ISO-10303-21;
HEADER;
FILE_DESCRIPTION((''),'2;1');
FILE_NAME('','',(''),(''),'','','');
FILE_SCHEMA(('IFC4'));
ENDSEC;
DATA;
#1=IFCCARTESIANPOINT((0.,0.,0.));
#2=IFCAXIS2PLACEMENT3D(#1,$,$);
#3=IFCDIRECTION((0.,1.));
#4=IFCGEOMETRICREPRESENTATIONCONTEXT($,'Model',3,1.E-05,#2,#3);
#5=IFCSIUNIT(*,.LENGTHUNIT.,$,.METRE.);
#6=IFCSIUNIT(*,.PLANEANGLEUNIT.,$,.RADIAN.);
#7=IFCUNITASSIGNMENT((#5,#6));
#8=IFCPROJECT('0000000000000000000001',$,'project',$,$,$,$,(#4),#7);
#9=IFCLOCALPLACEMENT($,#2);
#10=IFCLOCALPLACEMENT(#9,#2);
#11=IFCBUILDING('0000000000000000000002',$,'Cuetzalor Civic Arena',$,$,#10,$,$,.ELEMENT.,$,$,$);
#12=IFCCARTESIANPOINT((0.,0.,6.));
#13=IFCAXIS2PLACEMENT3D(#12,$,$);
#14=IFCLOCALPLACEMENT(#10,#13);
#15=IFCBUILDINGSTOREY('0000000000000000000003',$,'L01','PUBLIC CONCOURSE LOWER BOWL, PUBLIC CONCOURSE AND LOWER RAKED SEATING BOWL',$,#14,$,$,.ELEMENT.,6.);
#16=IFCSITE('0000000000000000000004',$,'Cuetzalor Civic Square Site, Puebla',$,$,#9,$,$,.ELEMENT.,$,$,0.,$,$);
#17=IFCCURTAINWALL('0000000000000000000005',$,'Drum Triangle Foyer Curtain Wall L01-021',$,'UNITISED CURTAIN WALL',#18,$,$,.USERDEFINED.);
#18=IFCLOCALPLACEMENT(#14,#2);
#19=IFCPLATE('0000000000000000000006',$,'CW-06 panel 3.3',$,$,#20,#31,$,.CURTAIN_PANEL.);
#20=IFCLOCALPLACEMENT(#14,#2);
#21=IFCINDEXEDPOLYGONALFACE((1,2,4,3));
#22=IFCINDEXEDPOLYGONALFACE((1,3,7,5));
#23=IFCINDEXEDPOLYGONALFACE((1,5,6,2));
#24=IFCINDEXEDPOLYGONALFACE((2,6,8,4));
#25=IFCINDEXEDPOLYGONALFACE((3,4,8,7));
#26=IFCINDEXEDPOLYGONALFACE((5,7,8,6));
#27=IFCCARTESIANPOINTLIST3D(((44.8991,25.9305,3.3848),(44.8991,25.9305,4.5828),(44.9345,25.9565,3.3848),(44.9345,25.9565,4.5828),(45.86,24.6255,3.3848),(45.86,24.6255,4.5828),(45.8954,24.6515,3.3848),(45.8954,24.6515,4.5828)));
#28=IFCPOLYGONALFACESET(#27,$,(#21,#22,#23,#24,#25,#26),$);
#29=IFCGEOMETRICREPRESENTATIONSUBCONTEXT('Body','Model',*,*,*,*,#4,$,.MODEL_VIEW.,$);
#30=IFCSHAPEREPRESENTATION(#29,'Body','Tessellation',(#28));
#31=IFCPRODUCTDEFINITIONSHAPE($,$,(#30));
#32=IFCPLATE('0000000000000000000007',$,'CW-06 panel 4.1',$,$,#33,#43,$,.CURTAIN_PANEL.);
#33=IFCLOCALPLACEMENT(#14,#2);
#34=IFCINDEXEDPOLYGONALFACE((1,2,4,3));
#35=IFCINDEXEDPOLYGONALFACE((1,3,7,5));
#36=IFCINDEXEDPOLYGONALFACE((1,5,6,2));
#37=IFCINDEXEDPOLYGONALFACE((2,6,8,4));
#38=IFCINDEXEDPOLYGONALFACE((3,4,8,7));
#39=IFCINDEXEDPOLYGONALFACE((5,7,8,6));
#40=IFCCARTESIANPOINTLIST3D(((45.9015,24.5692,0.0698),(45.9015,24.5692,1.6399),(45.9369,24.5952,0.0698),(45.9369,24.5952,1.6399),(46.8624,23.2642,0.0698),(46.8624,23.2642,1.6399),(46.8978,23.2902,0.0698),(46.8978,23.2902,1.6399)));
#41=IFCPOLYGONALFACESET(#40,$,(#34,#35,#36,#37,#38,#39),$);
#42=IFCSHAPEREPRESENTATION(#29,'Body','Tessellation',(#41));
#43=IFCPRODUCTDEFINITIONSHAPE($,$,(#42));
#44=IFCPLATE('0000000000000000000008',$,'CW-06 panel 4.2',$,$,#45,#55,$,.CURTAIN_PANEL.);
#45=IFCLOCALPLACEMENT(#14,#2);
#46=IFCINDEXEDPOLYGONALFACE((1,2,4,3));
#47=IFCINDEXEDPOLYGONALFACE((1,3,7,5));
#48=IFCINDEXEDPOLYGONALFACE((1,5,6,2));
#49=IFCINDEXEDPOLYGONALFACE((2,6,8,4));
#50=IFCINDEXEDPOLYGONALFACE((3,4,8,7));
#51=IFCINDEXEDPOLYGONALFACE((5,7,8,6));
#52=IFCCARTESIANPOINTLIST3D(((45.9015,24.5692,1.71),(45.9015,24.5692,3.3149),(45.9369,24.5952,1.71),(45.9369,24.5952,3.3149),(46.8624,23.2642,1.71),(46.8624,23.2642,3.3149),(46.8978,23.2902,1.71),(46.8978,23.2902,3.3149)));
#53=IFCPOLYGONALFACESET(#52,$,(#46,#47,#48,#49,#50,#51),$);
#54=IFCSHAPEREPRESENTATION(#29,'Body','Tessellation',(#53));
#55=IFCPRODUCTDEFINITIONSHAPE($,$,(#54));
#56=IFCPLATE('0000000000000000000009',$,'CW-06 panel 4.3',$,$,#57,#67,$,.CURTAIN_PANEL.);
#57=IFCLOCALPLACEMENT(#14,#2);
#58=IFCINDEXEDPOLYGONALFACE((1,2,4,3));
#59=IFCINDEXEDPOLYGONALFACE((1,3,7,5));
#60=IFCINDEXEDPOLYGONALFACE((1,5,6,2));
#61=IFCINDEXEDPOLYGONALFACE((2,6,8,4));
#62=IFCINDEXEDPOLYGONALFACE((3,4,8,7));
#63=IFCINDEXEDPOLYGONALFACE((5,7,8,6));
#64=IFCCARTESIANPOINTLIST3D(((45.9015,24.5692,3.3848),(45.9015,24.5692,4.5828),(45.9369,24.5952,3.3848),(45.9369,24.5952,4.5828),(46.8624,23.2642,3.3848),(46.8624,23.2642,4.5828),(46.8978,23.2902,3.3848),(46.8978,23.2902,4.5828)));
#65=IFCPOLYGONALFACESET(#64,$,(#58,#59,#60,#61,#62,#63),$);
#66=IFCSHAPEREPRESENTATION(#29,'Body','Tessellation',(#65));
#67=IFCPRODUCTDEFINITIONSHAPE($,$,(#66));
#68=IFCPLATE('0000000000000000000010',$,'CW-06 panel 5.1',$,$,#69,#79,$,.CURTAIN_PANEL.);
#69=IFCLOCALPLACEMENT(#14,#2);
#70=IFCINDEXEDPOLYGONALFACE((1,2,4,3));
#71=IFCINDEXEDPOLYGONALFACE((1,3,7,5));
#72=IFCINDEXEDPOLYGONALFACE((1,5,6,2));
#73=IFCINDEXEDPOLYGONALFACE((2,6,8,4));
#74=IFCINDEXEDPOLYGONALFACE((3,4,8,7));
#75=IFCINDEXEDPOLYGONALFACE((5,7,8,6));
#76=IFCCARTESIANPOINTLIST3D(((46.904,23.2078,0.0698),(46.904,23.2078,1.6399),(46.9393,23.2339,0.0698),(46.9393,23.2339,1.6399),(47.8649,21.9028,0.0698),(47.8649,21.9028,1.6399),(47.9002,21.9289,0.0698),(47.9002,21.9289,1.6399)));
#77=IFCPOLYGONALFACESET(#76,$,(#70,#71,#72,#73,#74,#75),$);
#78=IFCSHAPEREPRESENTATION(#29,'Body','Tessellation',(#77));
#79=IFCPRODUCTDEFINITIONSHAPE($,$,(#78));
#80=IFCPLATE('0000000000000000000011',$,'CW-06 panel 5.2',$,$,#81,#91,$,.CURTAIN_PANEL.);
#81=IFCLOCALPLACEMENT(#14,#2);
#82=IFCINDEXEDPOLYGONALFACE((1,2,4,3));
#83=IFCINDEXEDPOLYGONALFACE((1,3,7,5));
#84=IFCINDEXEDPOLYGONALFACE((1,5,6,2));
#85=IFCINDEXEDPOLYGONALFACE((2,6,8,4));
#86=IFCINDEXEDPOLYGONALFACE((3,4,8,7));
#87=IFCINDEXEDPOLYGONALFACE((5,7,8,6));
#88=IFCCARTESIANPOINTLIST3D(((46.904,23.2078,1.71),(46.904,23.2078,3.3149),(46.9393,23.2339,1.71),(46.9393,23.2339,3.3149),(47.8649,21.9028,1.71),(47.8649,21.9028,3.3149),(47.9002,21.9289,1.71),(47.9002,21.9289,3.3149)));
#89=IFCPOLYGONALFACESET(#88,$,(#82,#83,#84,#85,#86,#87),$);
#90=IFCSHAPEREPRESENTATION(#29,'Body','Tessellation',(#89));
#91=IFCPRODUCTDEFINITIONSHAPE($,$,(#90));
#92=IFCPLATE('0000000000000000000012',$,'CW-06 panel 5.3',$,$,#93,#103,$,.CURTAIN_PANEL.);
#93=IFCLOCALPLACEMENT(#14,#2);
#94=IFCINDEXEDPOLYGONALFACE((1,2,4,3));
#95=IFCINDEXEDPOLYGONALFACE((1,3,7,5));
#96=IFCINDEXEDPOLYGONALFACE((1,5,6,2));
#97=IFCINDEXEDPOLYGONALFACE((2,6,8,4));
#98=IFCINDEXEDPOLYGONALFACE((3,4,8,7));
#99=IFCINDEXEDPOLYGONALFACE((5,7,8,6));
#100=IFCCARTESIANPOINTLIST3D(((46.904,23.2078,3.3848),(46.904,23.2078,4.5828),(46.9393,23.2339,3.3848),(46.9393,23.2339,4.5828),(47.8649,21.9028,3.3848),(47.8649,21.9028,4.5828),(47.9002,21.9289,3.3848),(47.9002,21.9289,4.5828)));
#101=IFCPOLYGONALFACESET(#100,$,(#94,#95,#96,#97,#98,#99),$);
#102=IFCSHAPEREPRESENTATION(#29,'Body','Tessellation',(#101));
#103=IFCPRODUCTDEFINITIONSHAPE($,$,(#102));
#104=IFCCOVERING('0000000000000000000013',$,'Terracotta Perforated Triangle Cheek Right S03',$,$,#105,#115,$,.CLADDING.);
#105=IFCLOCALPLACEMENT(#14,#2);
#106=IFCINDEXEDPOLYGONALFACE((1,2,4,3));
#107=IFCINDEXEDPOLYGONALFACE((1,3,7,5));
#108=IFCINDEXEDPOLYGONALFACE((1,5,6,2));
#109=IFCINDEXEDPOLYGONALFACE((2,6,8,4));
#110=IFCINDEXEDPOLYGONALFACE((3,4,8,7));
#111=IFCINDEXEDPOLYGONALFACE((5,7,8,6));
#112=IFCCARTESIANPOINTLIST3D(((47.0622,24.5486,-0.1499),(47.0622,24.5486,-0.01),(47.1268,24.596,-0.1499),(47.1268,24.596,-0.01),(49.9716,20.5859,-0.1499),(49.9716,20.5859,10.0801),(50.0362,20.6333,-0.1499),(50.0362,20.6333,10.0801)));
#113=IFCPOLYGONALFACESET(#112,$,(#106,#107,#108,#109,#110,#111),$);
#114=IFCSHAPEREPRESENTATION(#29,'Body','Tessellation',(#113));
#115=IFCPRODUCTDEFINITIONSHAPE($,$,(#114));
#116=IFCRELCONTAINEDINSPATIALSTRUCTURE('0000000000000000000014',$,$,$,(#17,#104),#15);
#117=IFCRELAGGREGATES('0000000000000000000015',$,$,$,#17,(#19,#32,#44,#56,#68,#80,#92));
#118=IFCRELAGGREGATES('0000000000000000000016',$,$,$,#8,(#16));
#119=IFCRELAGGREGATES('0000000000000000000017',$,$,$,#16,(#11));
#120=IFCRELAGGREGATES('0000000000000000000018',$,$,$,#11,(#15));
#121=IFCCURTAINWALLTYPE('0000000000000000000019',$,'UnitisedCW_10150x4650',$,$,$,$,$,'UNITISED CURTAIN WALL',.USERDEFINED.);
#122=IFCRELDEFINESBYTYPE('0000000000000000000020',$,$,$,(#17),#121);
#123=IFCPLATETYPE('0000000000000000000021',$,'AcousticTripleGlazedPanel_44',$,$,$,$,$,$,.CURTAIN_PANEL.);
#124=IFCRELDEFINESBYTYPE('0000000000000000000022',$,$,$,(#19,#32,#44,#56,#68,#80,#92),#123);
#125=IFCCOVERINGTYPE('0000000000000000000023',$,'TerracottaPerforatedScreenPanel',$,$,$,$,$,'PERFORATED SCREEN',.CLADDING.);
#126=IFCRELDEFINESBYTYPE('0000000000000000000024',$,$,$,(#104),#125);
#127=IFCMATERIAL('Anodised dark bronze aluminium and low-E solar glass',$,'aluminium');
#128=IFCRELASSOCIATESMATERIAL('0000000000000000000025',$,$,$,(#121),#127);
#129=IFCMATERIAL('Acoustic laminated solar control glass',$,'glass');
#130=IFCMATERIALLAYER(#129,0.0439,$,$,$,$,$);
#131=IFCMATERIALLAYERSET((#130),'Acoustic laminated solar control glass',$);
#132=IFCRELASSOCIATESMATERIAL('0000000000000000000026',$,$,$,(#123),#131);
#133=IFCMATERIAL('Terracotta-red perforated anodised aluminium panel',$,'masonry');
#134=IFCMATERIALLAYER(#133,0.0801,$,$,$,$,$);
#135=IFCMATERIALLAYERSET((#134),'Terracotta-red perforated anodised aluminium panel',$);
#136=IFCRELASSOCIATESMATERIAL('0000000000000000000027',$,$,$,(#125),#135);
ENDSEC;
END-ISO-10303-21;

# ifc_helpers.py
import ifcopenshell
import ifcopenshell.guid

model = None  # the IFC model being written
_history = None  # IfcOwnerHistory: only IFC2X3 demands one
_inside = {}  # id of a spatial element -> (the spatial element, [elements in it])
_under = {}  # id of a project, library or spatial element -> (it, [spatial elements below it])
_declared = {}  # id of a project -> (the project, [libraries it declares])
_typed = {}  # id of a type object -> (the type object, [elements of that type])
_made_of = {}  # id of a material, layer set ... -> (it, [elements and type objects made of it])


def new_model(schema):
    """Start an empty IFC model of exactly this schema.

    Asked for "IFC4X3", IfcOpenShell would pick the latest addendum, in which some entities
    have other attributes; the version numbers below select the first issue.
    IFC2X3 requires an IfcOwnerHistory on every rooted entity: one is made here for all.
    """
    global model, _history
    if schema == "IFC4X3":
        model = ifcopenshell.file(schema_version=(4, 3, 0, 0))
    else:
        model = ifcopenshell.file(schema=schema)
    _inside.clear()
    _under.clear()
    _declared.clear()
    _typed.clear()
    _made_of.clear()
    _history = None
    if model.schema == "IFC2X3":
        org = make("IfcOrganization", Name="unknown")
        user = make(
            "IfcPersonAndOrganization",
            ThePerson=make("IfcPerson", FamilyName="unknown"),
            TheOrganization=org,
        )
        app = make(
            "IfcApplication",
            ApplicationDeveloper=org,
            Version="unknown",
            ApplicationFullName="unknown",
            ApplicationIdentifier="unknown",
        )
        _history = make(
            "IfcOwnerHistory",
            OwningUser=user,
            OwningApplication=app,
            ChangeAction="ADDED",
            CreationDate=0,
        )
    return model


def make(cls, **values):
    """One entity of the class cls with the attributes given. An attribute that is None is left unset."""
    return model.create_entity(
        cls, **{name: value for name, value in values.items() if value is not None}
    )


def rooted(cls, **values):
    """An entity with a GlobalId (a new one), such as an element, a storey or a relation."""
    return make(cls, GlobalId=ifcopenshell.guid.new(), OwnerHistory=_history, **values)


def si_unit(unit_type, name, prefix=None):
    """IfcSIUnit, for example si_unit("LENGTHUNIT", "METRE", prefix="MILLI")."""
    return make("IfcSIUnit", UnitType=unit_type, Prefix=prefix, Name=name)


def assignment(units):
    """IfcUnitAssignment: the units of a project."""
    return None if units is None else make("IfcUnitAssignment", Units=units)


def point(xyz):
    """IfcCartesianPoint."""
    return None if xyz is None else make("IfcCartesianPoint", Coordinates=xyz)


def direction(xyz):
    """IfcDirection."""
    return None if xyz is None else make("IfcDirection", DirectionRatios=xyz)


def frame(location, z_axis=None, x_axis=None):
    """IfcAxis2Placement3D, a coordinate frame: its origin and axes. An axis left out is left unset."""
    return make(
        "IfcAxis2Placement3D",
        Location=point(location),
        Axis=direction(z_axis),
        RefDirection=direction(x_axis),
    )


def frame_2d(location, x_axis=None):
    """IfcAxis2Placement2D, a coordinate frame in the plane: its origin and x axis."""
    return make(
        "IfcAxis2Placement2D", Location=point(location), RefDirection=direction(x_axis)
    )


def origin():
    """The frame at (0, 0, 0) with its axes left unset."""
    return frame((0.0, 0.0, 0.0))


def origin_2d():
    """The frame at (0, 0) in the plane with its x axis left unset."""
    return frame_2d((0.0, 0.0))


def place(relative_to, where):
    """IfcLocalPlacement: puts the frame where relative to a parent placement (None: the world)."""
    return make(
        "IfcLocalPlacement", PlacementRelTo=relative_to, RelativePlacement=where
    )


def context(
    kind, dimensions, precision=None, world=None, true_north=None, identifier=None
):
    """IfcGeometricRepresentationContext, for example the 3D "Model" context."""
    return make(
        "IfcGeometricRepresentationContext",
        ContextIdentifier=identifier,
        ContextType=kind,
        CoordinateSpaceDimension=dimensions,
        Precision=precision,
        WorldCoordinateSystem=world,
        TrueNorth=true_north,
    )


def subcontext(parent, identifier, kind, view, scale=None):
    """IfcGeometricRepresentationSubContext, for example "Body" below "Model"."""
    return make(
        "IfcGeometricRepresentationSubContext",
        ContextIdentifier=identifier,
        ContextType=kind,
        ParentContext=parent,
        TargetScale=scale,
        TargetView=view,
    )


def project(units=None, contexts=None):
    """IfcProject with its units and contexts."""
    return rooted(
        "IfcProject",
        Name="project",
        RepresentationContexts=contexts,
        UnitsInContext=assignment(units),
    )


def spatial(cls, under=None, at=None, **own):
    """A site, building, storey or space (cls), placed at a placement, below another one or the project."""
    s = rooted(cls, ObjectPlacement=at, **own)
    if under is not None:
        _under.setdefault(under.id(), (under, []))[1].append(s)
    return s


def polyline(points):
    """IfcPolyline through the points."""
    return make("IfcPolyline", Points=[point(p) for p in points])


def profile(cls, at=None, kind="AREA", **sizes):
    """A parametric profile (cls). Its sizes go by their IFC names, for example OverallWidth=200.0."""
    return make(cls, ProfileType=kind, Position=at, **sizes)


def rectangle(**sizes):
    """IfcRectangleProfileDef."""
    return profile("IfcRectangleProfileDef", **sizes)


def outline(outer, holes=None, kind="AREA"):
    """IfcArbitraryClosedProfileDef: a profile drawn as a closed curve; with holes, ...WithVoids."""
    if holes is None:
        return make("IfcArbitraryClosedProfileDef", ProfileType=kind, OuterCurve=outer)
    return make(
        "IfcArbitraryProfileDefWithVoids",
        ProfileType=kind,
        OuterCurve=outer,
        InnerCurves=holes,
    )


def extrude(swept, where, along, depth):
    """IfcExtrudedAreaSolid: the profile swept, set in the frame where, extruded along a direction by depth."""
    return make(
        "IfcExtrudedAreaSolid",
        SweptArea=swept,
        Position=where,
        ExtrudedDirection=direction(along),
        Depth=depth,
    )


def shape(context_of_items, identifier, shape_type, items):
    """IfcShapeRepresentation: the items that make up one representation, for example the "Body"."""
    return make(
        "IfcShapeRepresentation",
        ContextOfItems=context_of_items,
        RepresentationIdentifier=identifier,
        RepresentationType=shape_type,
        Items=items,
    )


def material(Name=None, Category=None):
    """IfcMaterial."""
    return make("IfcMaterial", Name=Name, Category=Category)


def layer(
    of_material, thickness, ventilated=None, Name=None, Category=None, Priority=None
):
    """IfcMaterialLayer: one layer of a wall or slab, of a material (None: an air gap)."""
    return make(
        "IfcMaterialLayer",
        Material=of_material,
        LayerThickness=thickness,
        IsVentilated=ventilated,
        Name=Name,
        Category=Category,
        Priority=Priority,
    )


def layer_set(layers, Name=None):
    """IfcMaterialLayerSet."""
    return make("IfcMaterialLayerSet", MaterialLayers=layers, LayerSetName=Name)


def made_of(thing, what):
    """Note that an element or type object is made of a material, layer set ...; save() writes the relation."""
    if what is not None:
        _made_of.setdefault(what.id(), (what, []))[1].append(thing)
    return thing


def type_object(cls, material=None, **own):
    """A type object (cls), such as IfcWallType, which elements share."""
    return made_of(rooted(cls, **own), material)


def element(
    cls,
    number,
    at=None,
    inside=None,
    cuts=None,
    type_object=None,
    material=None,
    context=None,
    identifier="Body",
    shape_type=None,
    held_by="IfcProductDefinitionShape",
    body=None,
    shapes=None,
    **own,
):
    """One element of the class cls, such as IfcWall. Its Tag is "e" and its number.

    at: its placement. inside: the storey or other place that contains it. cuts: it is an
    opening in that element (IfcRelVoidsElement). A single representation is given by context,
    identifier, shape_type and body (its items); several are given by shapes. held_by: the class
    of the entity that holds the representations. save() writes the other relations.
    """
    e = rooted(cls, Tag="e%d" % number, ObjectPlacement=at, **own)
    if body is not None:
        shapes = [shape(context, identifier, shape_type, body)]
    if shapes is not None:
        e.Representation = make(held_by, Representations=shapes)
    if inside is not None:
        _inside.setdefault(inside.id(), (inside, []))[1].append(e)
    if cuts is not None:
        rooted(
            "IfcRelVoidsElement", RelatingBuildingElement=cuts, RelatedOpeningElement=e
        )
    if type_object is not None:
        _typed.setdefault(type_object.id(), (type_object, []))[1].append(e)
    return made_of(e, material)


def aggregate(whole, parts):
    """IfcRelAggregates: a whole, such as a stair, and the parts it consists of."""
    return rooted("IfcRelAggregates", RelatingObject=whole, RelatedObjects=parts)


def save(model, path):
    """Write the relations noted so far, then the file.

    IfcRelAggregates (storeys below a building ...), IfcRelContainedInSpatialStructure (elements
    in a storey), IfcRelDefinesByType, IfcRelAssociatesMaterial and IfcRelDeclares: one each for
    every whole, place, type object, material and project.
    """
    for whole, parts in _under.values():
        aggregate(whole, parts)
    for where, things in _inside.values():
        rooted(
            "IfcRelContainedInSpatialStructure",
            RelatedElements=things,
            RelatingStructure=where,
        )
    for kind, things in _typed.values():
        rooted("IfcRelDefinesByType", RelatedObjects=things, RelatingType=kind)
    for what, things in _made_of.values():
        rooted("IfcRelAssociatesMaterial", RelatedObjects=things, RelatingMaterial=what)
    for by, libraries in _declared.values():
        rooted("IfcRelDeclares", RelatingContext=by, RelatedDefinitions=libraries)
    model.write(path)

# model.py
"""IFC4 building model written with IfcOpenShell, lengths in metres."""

from ifc_helpers import new_model, si_unit, direction, frame, origin, origin_2d, place, context, subcontext, project, spatial, polyline, rectangle, outline, extrude, material, layer, layer_set, type_object, element, aggregate, save


model = new_model("IFC4")

# Units and contexts
model_context = context("Model", 3, precision=1e-05, world=origin(), true_north=direction((0.0, 1.0)))
body_context = subcontext(model_context, "Body", "Model", "MODEL_VIEW")
ifc_project = project(units=[si_unit("LENGTHUNIT", "METRE"), si_unit("PLANEANGLEUNIT", "RADIAN")], contexts=[model_context])

# Site, building, storey
site_placement = place(None, origin())
site = spatial("IfcSite", under=ifc_project, at=site_placement, Name="Cuetzalor Civic Square Site, Puebla", CompositionType="ELEMENT", RefElevation=0.0)
building_placement = place(site_placement, origin())
building = spatial("IfcBuilding", under=site, at=building_placement, Name="Cuetzalor Civic Arena", CompositionType="ELEMENT")
storey_placement = place(building_placement, frame((0.0, 0.0, 6.0)))
storey = spatial("IfcBuildingStorey", under=building, at=storey_placement, Name="L01", Description="PUBLIC CONCOURSE LOWER BOWL, PUBLIC CONCOURSE AND LOWER RAKED SEATING BOWL", CompositionType="ELEMENT", Elevation=6.0)

# Curtain wall, plates
ifc_material_1 = material(Name="Anodised dark bronze aluminium and low-E solar glass", Category="aluminium")
curtain_wall_type = type_object("IfcCurtainWallType", Name="UnitisedCW_10150x4650", ElementType="UNITISED CURTAIN WALL", PredefinedType="USERDEFINED", material=ifc_material_1)
curtain_wall_placement = place(storey_placement, origin())
curtain_wall = element("IfcCurtainWall", 1, at=curtain_wall_placement, inside=storey, type_object=curtain_wall_type, Name="Drum Triangle Foyer Curtain Wall L01-021", ObjectType="UNITISED CURTAIN WALL", PredefinedType="USERDEFINED")
ifc_material_2 = material(Name="Acoustic laminated solar control glass", Category="glass")
ifc_layer_1 = layer(ifc_material_2, 0.0439)
ifc_layer_set_1 = layer_set([ifc_layer_1], Name="Acoustic laminated solar control glass")
plate_type = type_object("IfcPlateType", Name="AcousticTripleGlazedPanel_44", PredefinedType="CURTAIN_PANEL", material=ifc_layer_set_1)
plate_1_placement = place(storey_placement, frame((45.3972, 25.291, 3.3848), z_axis=(0.0, 0.0, 1.0), x_axis=(0.592929, -0.805255, 0.0)))
plate_1 = element("IfcPlate", 2, at=plate_1_placement, type_object=plate_type, Name="CW-06 panel 3.3", PredefinedType="CURTAIN_PANEL", context=body_context, shape_type="SweptSolid", body=[
    extrude(rectangle(XDim=1.6206, YDim=0.0439, at=origin_2d()), origin(), (0.0, 0.0, 1.0), 1.198),
])
plate_2_placement = place(storey_placement, frame((46.3997, 23.9297, 0.0698), z_axis=(0.0, 0.0, 1.0), x_axis=(0.592929, -0.805255, 0.0)))
plate_2 = element("IfcPlate", 3, at=plate_2_placement, type_object=plate_type, Name="CW-06 panel 4.1", PredefinedType="CURTAIN_PANEL", context=body_context, shape_type="SweptSolid", body=[
    extrude(rectangle(XDim=1.6206, YDim=0.0439, at=origin_2d()), origin(), (0.0, 0.0, 1.0), 1.5701),
])
plate_3_placement = place(storey_placement, frame((46.3997, 23.9297, 1.71), z_axis=(0.0, 0.0, 1.0), x_axis=(0.592929, -0.805255, 0.0)))
plate_3 = element("IfcPlate", 4, at=plate_3_placement, type_object=plate_type, Name="CW-06 panel 4.2", PredefinedType="CURTAIN_PANEL", context=body_context, shape_type="SweptSolid", body=[
    extrude(rectangle(XDim=1.6206, YDim=0.0439, at=origin_2d()), origin(), (0.0, 0.0, 1.0), 1.605),
])
plate_4_placement = place(storey_placement, frame((46.3997, 23.9297, 3.3848), z_axis=(0.0, 0.0, 1.0), x_axis=(0.592929, -0.805255, 0.0)))
plate_4 = element("IfcPlate", 5, at=plate_4_placement, type_object=plate_type, Name="CW-06 panel 4.3", PredefinedType="CURTAIN_PANEL", context=body_context, shape_type="SweptSolid", body=[
    extrude(rectangle(XDim=1.6206, YDim=0.0439, at=origin_2d()), origin(), (0.0, 0.0, 1.0), 1.198),
])
plate_5_placement = place(storey_placement, frame((47.4021, 22.5684, 0.0698), z_axis=(0.0, 0.0, 1.0), x_axis=(0.592929, -0.805255, 0.0)))
plate_5 = element("IfcPlate", 6, at=plate_5_placement, type_object=plate_type, Name="CW-06 panel 5.1", PredefinedType="CURTAIN_PANEL", context=body_context, shape_type="SweptSolid", body=[
    extrude(rectangle(XDim=1.6206, YDim=0.0439, at=origin_2d()), origin(), (0.0, 0.0, 1.0), 1.5701),
])
plate_6_placement = place(storey_placement, frame((47.4021, 22.5684, 1.71), z_axis=(0.0, 0.0, 1.0), x_axis=(0.592929, -0.805255, 0.0)))
plate_6 = element("IfcPlate", 7, at=plate_6_placement, type_object=plate_type, Name="CW-06 panel 5.2", PredefinedType="CURTAIN_PANEL", context=body_context, shape_type="SweptSolid", body=[
    extrude(rectangle(XDim=1.6206, YDim=0.0439, at=origin_2d()), origin(), (0.0, 0.0, 1.0), 1.605),
])
plate_7_placement = place(storey_placement, frame((47.4021, 22.5684, 3.3848), z_axis=(0.0, 0.0, 1.0), x_axis=(0.592929, -0.805255, 0.0)))
plate_7 = element("IfcPlate", 8, at=plate_7_placement, type_object=plate_type, Name="CW-06 panel 5.3", PredefinedType="CURTAIN_PANEL", context=body_context, shape_type="SweptSolid", body=[
    extrude(rectangle(XDim=1.6206, YDim=0.0439, at=origin_2d()), origin(), (0.0, 0.0, 1.0), 1.198),
])
aggregate(curtain_wall, [plate_1, plate_2, plate_3, plate_4, plate_5, plate_6, plate_7])

# Covering
ifc_material_3 = material(Name="Terracotta-red perforated anodised aluminium panel", Category="masonry")
ifc_layer_2 = layer(ifc_material_3, 0.0801)
ifc_layer_set_2 = layer_set([ifc_layer_2], Name="Terracotta-red perforated anodised aluminium panel")
covering_type = type_object("IfcCoveringType", Name="TerracottaPerforatedScreenPanel", ElementType="PERFORATED SCREEN", PredefinedType="CLADDING", material=ifc_layer_set_2)
covering_placement = place(storey_placement, frame((47.0945, 24.5723, -0.1499), z_axis=(0.0, 0.0, 1.0), x_axis=(0.591824, -0.806067, 0.0)))
element("IfcCovering", 9, at=covering_placement, inside=storey, type_object=covering_type, Name="Terracotta Perforated Triangle Cheek Right S03", PredefinedType="CLADDING", context=body_context, shape_type="SweptSolid", body=[
    extrude(outline(polyline([(0.0, 0.0), (4.916, 0.0), (4.916, 10.23), (0.0, 0.1399), (0.0, 0.0)])), frame((0.0, 0.04, 0.0), z_axis=(0.0, -1.0, 0.0), x_axis=(1.0, 0.0, 0.0)), (0.0, 0.0, 1.0), 0.0801),
])

save(model, "model.ifc")
